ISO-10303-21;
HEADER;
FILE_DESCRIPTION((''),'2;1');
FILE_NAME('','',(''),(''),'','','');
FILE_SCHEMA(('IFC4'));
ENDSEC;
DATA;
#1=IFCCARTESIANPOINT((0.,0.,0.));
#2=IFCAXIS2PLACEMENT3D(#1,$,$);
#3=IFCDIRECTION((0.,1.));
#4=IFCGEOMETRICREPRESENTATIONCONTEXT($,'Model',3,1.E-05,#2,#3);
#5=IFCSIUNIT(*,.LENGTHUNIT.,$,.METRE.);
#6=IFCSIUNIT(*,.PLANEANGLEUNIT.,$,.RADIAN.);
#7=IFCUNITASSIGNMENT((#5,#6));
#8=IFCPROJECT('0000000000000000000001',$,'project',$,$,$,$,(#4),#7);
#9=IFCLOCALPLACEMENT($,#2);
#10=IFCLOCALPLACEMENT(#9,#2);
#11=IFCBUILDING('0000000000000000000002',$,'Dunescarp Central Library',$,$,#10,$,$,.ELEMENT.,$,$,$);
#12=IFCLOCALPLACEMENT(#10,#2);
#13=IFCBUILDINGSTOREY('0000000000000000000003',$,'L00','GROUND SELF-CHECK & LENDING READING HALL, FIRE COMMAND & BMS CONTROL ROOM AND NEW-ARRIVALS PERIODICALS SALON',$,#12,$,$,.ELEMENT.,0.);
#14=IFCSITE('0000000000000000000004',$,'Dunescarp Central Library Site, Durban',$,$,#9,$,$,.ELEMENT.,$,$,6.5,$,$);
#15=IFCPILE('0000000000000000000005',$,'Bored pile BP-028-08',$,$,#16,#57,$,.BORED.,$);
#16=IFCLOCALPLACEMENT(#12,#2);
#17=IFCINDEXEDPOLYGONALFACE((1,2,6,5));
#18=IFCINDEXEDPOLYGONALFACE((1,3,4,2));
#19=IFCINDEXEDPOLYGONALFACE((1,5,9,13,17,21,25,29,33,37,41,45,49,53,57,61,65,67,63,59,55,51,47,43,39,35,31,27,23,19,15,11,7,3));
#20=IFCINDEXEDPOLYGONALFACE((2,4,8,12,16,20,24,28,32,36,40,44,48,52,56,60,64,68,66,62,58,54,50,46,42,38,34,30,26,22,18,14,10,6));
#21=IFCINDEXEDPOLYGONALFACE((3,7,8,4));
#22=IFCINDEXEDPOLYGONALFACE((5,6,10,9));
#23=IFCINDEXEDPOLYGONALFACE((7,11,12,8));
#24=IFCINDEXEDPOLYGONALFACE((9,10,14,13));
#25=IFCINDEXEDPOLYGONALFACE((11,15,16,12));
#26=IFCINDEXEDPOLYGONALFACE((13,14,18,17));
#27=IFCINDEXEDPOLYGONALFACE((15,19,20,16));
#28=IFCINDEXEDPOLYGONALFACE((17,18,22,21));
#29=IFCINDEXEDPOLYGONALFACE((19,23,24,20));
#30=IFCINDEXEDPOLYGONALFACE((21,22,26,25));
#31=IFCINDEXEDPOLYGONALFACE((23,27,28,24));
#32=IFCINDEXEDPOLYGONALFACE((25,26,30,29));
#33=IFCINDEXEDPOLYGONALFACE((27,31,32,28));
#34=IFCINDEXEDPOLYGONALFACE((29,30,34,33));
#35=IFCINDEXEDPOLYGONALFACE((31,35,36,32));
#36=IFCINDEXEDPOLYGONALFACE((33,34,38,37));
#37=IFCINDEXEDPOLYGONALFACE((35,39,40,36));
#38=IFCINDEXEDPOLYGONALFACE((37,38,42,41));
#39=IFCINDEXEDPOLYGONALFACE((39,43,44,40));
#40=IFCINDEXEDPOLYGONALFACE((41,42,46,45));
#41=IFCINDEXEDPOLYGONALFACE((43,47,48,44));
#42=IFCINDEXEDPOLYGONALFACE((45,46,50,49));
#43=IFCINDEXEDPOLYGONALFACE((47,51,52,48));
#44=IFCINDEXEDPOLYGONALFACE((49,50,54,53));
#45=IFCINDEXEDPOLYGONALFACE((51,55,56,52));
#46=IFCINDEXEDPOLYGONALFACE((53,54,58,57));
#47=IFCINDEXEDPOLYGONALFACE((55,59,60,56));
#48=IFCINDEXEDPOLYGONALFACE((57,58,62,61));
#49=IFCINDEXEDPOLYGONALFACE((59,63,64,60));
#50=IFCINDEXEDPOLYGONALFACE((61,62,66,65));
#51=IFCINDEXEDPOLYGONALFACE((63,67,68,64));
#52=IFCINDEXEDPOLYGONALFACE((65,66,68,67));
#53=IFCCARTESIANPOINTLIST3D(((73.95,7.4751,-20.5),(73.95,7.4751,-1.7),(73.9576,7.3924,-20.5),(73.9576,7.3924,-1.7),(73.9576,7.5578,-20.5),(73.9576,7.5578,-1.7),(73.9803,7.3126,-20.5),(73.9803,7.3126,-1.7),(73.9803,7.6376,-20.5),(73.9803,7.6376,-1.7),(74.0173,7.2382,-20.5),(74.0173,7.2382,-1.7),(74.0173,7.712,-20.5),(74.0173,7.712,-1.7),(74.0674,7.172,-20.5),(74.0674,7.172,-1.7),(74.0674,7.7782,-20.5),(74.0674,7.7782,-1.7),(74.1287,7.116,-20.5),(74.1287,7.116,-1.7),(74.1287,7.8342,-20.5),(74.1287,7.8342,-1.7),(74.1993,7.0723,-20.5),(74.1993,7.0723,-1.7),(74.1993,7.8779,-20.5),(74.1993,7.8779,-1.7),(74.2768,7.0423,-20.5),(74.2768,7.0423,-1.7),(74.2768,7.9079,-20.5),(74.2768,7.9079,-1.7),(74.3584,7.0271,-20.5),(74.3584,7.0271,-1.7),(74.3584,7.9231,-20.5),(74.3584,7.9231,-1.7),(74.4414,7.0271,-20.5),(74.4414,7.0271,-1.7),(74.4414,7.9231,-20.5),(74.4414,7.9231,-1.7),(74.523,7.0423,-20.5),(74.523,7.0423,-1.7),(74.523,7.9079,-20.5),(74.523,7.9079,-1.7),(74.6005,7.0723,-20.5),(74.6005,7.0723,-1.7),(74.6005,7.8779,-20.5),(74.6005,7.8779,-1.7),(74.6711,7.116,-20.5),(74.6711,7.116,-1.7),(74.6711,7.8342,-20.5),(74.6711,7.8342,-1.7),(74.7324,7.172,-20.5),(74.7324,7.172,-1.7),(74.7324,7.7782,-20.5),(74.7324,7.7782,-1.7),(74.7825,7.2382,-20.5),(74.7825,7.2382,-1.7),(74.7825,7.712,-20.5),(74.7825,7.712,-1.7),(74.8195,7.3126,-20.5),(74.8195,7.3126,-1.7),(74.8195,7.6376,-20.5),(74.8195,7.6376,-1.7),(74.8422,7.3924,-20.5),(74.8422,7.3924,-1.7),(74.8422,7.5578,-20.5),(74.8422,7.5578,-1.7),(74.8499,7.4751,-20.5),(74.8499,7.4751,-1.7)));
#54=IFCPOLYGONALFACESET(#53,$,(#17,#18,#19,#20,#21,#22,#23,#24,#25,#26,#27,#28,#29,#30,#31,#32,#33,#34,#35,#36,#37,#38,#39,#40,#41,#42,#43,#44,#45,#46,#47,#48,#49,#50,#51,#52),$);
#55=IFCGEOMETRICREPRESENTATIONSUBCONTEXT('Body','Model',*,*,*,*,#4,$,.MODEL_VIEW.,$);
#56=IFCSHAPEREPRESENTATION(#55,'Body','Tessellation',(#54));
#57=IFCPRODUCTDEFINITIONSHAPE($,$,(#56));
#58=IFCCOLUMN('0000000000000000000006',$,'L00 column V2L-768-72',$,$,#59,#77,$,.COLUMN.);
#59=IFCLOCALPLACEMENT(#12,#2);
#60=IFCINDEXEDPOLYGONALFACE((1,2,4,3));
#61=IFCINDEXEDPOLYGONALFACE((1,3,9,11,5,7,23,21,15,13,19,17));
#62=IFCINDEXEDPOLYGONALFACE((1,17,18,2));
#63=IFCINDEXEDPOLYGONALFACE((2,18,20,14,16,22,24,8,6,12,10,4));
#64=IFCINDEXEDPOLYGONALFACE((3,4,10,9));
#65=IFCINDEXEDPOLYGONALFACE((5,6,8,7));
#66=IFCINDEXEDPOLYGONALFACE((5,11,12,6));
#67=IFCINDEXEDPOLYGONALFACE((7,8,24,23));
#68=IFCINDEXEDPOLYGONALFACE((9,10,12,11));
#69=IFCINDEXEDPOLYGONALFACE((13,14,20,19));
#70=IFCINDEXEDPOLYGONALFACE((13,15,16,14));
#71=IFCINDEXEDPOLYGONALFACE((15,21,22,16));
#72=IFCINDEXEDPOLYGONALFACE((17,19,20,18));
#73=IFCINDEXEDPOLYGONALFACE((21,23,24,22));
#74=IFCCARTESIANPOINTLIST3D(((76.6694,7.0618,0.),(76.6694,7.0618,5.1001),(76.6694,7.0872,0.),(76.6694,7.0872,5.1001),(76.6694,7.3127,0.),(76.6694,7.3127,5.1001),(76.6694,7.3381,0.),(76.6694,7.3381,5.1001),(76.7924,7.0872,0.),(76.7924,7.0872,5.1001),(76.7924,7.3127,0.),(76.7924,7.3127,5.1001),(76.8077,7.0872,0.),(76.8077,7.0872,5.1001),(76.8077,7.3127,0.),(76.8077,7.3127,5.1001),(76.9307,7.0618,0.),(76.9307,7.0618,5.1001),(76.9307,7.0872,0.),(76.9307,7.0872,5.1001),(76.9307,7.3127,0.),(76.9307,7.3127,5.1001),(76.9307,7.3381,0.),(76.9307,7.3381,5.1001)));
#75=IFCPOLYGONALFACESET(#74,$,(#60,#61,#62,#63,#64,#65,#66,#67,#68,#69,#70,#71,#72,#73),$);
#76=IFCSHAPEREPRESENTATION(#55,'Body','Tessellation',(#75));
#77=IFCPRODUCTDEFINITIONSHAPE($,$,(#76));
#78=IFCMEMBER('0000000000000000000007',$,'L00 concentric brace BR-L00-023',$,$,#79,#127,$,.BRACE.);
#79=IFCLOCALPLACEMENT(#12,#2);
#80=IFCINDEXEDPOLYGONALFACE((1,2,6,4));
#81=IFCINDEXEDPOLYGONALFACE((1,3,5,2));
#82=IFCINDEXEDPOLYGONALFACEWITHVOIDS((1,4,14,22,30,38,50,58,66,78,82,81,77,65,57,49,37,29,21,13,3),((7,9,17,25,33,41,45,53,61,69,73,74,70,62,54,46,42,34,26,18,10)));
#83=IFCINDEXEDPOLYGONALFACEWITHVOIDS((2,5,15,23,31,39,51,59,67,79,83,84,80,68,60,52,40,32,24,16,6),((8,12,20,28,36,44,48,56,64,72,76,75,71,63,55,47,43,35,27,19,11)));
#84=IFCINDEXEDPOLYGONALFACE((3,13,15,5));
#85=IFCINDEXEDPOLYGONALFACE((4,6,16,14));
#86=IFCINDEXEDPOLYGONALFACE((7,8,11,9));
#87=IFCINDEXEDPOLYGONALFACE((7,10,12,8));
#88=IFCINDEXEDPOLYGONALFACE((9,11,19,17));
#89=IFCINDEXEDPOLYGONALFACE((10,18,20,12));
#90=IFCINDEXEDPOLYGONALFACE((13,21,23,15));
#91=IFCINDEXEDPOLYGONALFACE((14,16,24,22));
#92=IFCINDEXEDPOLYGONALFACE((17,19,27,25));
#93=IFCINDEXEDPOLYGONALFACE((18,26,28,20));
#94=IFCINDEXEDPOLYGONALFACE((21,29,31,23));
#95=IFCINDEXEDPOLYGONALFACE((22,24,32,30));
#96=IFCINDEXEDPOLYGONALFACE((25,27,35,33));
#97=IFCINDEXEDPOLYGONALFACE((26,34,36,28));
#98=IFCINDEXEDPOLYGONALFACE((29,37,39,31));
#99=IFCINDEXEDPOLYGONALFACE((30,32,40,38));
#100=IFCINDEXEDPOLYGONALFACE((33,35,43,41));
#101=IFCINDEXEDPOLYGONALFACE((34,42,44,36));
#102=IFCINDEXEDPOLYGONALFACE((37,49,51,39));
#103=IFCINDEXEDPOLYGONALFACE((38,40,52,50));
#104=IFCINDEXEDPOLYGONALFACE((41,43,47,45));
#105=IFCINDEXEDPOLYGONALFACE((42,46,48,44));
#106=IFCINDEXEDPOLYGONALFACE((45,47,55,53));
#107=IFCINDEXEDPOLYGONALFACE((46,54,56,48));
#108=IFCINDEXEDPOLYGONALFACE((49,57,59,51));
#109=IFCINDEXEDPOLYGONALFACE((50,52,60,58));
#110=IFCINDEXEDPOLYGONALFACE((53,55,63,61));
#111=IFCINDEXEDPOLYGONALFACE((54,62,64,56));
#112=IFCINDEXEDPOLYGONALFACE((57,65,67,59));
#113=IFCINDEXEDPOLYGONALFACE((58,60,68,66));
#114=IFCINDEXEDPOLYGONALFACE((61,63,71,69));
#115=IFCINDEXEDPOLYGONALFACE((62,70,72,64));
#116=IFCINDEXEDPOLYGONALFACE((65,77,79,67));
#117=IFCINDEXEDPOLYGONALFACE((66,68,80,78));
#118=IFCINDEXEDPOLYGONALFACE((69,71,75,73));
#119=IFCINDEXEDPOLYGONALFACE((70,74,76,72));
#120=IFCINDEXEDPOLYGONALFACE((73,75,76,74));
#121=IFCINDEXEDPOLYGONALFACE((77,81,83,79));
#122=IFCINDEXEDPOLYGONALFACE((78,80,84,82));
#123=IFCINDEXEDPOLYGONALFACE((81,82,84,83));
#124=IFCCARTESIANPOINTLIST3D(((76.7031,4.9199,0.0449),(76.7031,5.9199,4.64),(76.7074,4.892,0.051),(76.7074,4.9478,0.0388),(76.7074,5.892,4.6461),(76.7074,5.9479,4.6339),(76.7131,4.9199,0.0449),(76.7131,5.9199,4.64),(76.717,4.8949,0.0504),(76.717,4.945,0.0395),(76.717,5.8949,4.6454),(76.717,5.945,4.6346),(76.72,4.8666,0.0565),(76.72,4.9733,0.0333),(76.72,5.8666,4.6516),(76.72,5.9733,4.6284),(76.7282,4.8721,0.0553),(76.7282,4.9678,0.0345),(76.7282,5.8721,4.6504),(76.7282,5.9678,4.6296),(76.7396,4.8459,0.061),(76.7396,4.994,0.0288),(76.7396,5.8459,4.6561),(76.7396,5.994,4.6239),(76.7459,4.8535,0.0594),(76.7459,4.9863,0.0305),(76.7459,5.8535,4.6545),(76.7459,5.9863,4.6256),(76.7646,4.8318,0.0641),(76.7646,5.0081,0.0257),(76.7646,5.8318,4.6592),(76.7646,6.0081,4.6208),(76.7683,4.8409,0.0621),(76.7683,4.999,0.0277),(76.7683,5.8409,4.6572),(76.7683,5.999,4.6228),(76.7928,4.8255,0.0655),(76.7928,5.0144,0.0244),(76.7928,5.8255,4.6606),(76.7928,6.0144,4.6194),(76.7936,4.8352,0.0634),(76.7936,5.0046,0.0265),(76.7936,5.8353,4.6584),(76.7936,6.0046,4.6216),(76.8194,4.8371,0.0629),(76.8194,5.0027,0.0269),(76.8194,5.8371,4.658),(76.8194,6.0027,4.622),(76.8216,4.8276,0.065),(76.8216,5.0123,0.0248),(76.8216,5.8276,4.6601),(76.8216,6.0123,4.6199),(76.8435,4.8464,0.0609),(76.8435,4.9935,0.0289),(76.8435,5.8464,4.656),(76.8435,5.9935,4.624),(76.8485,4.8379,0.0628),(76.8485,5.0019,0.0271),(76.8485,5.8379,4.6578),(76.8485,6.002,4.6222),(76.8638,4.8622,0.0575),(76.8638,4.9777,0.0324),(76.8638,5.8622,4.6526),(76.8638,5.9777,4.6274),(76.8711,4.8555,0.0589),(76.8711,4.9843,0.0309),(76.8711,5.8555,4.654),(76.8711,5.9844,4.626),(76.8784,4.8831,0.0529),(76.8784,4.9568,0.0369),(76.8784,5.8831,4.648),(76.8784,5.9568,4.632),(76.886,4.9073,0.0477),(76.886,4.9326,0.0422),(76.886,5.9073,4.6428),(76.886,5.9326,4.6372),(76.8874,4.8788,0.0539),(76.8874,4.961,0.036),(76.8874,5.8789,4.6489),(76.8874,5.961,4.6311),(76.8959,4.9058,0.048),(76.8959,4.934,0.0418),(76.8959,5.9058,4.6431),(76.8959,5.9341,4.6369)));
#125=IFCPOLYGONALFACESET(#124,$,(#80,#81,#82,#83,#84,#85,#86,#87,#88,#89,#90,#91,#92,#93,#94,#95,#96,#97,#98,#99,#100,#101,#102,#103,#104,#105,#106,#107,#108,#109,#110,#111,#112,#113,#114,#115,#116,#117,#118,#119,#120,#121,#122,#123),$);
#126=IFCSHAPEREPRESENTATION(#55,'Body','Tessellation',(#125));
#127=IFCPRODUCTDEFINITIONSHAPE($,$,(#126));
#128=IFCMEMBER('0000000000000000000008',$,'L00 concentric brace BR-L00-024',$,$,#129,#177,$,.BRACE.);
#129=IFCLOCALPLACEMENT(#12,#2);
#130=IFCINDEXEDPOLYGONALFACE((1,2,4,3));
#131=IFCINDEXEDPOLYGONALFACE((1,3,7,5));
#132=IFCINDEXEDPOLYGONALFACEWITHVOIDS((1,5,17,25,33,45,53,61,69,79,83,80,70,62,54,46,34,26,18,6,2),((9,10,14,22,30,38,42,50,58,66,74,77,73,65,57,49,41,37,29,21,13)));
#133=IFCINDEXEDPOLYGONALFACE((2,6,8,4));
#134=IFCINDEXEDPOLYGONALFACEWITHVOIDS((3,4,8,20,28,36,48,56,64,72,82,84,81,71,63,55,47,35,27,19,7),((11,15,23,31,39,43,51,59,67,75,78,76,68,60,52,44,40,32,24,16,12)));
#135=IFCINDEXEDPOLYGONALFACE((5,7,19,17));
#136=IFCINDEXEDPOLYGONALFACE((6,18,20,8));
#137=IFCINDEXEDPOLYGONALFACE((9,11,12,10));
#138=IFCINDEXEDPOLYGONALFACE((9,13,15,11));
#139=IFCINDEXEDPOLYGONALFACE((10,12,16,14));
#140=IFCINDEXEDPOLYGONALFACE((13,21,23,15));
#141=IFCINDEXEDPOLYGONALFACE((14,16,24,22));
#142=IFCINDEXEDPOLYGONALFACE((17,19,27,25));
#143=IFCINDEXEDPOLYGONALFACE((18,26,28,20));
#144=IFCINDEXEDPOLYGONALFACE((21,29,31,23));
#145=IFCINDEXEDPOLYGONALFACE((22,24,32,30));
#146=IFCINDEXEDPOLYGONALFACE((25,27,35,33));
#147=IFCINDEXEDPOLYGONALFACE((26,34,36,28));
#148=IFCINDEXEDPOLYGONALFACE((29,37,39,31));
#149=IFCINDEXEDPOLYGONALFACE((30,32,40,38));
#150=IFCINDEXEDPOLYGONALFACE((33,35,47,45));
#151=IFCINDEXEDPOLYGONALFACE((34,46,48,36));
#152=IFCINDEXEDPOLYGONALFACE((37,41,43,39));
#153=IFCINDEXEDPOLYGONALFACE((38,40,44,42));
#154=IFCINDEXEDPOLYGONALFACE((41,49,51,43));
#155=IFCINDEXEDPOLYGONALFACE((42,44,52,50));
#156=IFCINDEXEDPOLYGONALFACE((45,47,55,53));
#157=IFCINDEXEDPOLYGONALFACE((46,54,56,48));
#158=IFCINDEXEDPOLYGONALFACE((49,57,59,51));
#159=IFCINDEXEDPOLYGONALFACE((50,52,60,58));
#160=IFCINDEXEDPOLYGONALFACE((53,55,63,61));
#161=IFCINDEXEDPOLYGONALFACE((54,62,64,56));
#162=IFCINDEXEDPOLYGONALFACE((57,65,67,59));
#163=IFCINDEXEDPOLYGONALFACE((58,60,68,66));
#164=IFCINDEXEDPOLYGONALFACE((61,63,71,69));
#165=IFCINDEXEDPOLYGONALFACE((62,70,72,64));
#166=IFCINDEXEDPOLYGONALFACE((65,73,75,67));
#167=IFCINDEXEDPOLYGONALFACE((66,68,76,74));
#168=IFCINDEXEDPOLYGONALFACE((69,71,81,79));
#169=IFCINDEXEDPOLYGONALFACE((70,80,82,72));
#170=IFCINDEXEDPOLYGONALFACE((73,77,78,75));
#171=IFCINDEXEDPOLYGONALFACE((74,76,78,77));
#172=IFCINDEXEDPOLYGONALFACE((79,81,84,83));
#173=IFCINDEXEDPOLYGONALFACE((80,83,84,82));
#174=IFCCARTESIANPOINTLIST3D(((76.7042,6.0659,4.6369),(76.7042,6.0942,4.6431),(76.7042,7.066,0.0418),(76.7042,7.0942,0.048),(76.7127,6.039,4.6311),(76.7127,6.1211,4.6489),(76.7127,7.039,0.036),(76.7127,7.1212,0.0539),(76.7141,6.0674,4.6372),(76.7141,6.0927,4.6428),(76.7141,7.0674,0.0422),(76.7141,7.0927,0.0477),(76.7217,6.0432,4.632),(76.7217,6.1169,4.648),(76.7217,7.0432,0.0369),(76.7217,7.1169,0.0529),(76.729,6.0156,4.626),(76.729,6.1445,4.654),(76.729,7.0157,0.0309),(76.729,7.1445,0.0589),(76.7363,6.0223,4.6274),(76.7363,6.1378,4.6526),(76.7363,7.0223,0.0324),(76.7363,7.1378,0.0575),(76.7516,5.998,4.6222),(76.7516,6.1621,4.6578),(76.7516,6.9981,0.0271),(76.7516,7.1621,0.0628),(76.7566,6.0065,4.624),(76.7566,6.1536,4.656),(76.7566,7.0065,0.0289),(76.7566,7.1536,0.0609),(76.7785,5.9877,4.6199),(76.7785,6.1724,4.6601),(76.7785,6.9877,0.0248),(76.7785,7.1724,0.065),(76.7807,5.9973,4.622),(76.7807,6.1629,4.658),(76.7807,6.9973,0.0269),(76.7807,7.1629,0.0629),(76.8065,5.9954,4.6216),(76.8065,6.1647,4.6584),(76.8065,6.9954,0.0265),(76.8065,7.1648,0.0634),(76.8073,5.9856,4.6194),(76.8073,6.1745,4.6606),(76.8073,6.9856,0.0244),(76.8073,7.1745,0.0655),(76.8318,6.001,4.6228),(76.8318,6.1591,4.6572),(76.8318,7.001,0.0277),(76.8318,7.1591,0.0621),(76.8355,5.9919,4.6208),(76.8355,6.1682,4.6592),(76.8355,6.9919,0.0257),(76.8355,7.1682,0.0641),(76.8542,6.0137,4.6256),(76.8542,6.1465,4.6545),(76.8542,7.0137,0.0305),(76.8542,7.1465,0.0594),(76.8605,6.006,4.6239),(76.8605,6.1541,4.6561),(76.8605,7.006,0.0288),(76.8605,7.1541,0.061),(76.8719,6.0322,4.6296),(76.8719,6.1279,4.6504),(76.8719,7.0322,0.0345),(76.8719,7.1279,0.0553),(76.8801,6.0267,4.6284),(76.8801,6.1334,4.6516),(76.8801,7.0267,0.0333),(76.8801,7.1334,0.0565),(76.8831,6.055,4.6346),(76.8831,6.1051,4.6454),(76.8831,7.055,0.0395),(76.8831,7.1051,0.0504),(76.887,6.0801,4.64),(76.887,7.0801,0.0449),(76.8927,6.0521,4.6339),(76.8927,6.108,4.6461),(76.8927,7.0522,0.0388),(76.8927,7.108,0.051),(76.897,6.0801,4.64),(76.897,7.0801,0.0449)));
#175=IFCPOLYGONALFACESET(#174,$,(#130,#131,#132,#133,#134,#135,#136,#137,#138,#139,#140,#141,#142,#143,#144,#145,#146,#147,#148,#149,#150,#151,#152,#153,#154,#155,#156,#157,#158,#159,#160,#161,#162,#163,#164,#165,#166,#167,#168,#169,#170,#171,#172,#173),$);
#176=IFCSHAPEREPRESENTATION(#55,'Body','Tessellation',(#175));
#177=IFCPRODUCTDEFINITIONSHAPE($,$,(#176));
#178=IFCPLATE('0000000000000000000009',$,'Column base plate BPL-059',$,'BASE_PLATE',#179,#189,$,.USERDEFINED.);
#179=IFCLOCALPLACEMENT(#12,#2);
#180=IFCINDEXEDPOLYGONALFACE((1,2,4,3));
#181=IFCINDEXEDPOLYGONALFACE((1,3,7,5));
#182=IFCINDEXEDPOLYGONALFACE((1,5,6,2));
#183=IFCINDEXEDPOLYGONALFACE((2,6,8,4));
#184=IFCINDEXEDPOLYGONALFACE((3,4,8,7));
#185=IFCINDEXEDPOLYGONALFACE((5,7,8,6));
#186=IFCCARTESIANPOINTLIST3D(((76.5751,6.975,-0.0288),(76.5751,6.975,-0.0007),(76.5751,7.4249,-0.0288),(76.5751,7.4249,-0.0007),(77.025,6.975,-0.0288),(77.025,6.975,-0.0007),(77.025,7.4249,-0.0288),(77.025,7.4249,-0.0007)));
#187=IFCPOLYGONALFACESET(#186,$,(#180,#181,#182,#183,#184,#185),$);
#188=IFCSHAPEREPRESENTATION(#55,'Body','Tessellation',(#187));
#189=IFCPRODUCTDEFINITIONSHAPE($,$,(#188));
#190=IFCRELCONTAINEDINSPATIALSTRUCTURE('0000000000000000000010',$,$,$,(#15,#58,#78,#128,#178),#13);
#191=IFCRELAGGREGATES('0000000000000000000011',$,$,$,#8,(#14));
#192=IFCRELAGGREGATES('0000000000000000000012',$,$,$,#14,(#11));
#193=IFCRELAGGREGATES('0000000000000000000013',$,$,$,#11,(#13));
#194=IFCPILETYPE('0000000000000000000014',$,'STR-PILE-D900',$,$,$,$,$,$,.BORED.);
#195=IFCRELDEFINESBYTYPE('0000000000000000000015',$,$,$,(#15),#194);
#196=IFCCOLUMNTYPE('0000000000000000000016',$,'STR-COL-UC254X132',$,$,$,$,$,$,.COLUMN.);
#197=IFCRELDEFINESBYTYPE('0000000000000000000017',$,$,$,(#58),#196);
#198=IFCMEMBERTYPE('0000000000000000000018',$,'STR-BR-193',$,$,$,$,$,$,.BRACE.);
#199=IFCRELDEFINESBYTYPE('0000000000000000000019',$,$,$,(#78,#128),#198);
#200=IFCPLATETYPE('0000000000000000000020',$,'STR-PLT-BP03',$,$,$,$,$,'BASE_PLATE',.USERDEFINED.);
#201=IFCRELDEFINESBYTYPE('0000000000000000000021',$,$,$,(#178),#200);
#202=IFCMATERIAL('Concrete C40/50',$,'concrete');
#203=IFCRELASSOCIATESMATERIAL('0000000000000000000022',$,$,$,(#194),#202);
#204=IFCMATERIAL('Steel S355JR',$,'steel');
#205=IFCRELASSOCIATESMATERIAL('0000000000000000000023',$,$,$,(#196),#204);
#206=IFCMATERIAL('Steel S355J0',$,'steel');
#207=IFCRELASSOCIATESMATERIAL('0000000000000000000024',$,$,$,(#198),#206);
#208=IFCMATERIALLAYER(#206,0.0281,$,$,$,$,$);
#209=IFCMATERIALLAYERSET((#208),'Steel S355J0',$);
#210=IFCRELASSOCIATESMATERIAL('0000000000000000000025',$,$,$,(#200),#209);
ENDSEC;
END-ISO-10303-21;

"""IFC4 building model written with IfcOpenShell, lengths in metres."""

from ifc_helpers import new_model, si_unit, direction, frame, origin, origin_2d, place, context, subcontext, project, spatial, rectangle, circle, hollow_circle, i_section, extrude, material, layer, layer_set, material_profile, profile_set, type_object, element, save


model = new_model("IFC4")

# Units and contexts
model_context = context("Model", 3, precision=1e-05, world=origin(), true_north=direction((0.0, 1.0)))
body_context = subcontext(model_context, "Body", "Model", "MODEL_VIEW")
ifc_project = project(units=[si_unit("LENGTHUNIT", "METRE"), si_unit("PLANEANGLEUNIT", "RADIAN")], contexts=[model_context])

# Site, building, storey
site_placement = place(None, origin())
site = spatial("IfcSite", under=ifc_project, at=site_placement, Name="Dunescarp Central Library Site, Durban", CompositionType="ELEMENT", RefElevation=6.5)
building_placement = place(site_placement, origin())
building = spatial("IfcBuilding", under=site, at=building_placement, Name="Dunescarp Central Library", CompositionType="ELEMENT")
storey_placement = place(building_placement, origin())
storey = spatial("IfcBuildingStorey", under=building, at=storey_placement, Name="L00", Description="GROUND SELF-CHECK & LENDING READING HALL, FIRE COMMAND & BMS CONTROL ROOM AND NEW-ARRIVALS PERIODICALS SALON", CompositionType="ELEMENT", Elevation=0.0)

# Shared definitions
ifc_material_1 = material(Name="Concrete C40/50", Category="concrete")

# Pile
ifc_material_profile_1 = material_profile(ifc_material_1, circle(Radius=0.45, at=origin_2d()), Name="PILE D900")
ifc_profile_set_1 = profile_set([ifc_material_profile_1], Name="Concrete C40/50")
pile_type = type_object("IfcPileType", Name="STR-PILE-D900", PredefinedType="BORED", material=ifc_profile_set_1)
for number, where, z_axis, x_axis, name in (
    (1, (74.3999, 7.4751, -1.7), (0.0, 0.0, -1.0), (1.0, 0.0, 0.0), "Bored pile BP-028-08"),
):
    element("IfcPile", number, at=place(storey_placement, frame(where, z_axis=z_axis, x_axis=x_axis)), inside=storey, type_object=pile_type, Name=name, PredefinedType="BORED", context=body_context, shape_type="SweptSolid", body=[
        extrude(circle(Radius=0.45, at=origin_2d()), origin(), (0.0, 0.0, 1.0), 18.8),
    ])

# Column
ifc_material_2 = material(Name="Steel S355JR", Category="steel")
ifc_material_profile_2 = material_profile(ifc_material_2, i_section(OverallWidth=0.2612, OverallDepth=0.2764, WebThickness=0.0154, FlangeThickness=0.0254, at=origin_2d()), Name="UC 254x254x132")
ifc_profile_set_2 = profile_set([ifc_material_profile_2], Name="Steel S355JR")
column_type = type_object("IfcColumnType", Name="STR-COL-UC254X132", PredefinedType="COLUMN", material=ifc_profile_set_2)
column_placement = place(storey_placement, frame((76.8, 7.2, 0.0), z_axis=(0.0, 0.0, 1.0), x_axis=(1.0, 0.0, 0.0)))
element("IfcColumn", 2, at=column_placement, inside=storey, type_object=column_type, Name="L00 column V2L-768-72", PredefinedType="COLUMN", context=body_context, shape_type="SweptSolid", body=[
    extrude(i_section(OverallWidth=0.2612, OverallDepth=0.2764, WebThickness=0.0154, FlangeThickness=0.0254, at=origin_2d()), origin(), (0.0, 0.0, 1.0), 5.1001),
])

# Members
ifc_material_3 = material(Name="Steel S355J0", Category="steel")
ifc_material_profile_3 = material_profile(ifc_material_3, hollow_circle(Radius=0.0969, WallThickness=0.01, at=origin_2d()), Name="CHS 193.7x10")
ifc_profile_set_3 = profile_set([ifc_material_profile_3], Name="Steel S355J0")
member_type = type_object("IfcMemberType", Name="STR-BR-193", PredefinedType="BRACE", material=ifc_profile_set_3)
for number, where, z_axis, x_axis, name in (
    (3, (76.8, 4.9199, 0.0449), (0.0, 0.212652, 0.977128), (-1.0, 0.0, 0.0), "L00 concentric brace BR-L00-023"),
    (4, (76.8, 7.0801, 0.0449), (0.0, -0.212652, 0.977128), (1.0, 0.0, 0.0), "L00 concentric brace BR-L00-024"),
):
    element("IfcMember", number, at=place(storey_placement, frame(where, z_axis=z_axis, x_axis=x_axis)), inside=storey, type_object=member_type, Name=name, PredefinedType="BRACE", context=body_context, shape_type="SweptSolid", body=[
        extrude(hollow_circle(Radius=0.0969, WallThickness=0.01, at=origin_2d()), origin(), (0.0, 0.0, 1.0), 4.7026),
    ])

# Plate
ifc_layer_1 = layer(ifc_material_3, 0.0281)
ifc_layer_set_1 = layer_set([ifc_layer_1], Name="Steel S355J0")
plate_type_1 = type_object("IfcPlateType", Name="STR-PLT-BP03", ElementType="BASE_PLATE", PredefinedType="USERDEFINED", material=ifc_layer_set_1)
plate_placement = place(storey_placement, frame((76.8, 7.2, -0.0288), z_axis=(0.0, 0.0, 1.0), x_axis=(1.0, 0.0, 0.0)))
element("IfcPlate", 5, at=plate_placement, inside=storey, type_object=plate_type_1, Name="Column base plate BPL-059", ObjectType="BASE_PLATE", PredefinedType="USERDEFINED", context=body_context, shape_type="SweptSolid", body=[
    extrude(rectangle(XDim=0.45, YDim=0.45, at=origin_2d()), origin(), (0.0, 0.0, 1.0), 0.0281),
])

save(model, "model.ifc")
